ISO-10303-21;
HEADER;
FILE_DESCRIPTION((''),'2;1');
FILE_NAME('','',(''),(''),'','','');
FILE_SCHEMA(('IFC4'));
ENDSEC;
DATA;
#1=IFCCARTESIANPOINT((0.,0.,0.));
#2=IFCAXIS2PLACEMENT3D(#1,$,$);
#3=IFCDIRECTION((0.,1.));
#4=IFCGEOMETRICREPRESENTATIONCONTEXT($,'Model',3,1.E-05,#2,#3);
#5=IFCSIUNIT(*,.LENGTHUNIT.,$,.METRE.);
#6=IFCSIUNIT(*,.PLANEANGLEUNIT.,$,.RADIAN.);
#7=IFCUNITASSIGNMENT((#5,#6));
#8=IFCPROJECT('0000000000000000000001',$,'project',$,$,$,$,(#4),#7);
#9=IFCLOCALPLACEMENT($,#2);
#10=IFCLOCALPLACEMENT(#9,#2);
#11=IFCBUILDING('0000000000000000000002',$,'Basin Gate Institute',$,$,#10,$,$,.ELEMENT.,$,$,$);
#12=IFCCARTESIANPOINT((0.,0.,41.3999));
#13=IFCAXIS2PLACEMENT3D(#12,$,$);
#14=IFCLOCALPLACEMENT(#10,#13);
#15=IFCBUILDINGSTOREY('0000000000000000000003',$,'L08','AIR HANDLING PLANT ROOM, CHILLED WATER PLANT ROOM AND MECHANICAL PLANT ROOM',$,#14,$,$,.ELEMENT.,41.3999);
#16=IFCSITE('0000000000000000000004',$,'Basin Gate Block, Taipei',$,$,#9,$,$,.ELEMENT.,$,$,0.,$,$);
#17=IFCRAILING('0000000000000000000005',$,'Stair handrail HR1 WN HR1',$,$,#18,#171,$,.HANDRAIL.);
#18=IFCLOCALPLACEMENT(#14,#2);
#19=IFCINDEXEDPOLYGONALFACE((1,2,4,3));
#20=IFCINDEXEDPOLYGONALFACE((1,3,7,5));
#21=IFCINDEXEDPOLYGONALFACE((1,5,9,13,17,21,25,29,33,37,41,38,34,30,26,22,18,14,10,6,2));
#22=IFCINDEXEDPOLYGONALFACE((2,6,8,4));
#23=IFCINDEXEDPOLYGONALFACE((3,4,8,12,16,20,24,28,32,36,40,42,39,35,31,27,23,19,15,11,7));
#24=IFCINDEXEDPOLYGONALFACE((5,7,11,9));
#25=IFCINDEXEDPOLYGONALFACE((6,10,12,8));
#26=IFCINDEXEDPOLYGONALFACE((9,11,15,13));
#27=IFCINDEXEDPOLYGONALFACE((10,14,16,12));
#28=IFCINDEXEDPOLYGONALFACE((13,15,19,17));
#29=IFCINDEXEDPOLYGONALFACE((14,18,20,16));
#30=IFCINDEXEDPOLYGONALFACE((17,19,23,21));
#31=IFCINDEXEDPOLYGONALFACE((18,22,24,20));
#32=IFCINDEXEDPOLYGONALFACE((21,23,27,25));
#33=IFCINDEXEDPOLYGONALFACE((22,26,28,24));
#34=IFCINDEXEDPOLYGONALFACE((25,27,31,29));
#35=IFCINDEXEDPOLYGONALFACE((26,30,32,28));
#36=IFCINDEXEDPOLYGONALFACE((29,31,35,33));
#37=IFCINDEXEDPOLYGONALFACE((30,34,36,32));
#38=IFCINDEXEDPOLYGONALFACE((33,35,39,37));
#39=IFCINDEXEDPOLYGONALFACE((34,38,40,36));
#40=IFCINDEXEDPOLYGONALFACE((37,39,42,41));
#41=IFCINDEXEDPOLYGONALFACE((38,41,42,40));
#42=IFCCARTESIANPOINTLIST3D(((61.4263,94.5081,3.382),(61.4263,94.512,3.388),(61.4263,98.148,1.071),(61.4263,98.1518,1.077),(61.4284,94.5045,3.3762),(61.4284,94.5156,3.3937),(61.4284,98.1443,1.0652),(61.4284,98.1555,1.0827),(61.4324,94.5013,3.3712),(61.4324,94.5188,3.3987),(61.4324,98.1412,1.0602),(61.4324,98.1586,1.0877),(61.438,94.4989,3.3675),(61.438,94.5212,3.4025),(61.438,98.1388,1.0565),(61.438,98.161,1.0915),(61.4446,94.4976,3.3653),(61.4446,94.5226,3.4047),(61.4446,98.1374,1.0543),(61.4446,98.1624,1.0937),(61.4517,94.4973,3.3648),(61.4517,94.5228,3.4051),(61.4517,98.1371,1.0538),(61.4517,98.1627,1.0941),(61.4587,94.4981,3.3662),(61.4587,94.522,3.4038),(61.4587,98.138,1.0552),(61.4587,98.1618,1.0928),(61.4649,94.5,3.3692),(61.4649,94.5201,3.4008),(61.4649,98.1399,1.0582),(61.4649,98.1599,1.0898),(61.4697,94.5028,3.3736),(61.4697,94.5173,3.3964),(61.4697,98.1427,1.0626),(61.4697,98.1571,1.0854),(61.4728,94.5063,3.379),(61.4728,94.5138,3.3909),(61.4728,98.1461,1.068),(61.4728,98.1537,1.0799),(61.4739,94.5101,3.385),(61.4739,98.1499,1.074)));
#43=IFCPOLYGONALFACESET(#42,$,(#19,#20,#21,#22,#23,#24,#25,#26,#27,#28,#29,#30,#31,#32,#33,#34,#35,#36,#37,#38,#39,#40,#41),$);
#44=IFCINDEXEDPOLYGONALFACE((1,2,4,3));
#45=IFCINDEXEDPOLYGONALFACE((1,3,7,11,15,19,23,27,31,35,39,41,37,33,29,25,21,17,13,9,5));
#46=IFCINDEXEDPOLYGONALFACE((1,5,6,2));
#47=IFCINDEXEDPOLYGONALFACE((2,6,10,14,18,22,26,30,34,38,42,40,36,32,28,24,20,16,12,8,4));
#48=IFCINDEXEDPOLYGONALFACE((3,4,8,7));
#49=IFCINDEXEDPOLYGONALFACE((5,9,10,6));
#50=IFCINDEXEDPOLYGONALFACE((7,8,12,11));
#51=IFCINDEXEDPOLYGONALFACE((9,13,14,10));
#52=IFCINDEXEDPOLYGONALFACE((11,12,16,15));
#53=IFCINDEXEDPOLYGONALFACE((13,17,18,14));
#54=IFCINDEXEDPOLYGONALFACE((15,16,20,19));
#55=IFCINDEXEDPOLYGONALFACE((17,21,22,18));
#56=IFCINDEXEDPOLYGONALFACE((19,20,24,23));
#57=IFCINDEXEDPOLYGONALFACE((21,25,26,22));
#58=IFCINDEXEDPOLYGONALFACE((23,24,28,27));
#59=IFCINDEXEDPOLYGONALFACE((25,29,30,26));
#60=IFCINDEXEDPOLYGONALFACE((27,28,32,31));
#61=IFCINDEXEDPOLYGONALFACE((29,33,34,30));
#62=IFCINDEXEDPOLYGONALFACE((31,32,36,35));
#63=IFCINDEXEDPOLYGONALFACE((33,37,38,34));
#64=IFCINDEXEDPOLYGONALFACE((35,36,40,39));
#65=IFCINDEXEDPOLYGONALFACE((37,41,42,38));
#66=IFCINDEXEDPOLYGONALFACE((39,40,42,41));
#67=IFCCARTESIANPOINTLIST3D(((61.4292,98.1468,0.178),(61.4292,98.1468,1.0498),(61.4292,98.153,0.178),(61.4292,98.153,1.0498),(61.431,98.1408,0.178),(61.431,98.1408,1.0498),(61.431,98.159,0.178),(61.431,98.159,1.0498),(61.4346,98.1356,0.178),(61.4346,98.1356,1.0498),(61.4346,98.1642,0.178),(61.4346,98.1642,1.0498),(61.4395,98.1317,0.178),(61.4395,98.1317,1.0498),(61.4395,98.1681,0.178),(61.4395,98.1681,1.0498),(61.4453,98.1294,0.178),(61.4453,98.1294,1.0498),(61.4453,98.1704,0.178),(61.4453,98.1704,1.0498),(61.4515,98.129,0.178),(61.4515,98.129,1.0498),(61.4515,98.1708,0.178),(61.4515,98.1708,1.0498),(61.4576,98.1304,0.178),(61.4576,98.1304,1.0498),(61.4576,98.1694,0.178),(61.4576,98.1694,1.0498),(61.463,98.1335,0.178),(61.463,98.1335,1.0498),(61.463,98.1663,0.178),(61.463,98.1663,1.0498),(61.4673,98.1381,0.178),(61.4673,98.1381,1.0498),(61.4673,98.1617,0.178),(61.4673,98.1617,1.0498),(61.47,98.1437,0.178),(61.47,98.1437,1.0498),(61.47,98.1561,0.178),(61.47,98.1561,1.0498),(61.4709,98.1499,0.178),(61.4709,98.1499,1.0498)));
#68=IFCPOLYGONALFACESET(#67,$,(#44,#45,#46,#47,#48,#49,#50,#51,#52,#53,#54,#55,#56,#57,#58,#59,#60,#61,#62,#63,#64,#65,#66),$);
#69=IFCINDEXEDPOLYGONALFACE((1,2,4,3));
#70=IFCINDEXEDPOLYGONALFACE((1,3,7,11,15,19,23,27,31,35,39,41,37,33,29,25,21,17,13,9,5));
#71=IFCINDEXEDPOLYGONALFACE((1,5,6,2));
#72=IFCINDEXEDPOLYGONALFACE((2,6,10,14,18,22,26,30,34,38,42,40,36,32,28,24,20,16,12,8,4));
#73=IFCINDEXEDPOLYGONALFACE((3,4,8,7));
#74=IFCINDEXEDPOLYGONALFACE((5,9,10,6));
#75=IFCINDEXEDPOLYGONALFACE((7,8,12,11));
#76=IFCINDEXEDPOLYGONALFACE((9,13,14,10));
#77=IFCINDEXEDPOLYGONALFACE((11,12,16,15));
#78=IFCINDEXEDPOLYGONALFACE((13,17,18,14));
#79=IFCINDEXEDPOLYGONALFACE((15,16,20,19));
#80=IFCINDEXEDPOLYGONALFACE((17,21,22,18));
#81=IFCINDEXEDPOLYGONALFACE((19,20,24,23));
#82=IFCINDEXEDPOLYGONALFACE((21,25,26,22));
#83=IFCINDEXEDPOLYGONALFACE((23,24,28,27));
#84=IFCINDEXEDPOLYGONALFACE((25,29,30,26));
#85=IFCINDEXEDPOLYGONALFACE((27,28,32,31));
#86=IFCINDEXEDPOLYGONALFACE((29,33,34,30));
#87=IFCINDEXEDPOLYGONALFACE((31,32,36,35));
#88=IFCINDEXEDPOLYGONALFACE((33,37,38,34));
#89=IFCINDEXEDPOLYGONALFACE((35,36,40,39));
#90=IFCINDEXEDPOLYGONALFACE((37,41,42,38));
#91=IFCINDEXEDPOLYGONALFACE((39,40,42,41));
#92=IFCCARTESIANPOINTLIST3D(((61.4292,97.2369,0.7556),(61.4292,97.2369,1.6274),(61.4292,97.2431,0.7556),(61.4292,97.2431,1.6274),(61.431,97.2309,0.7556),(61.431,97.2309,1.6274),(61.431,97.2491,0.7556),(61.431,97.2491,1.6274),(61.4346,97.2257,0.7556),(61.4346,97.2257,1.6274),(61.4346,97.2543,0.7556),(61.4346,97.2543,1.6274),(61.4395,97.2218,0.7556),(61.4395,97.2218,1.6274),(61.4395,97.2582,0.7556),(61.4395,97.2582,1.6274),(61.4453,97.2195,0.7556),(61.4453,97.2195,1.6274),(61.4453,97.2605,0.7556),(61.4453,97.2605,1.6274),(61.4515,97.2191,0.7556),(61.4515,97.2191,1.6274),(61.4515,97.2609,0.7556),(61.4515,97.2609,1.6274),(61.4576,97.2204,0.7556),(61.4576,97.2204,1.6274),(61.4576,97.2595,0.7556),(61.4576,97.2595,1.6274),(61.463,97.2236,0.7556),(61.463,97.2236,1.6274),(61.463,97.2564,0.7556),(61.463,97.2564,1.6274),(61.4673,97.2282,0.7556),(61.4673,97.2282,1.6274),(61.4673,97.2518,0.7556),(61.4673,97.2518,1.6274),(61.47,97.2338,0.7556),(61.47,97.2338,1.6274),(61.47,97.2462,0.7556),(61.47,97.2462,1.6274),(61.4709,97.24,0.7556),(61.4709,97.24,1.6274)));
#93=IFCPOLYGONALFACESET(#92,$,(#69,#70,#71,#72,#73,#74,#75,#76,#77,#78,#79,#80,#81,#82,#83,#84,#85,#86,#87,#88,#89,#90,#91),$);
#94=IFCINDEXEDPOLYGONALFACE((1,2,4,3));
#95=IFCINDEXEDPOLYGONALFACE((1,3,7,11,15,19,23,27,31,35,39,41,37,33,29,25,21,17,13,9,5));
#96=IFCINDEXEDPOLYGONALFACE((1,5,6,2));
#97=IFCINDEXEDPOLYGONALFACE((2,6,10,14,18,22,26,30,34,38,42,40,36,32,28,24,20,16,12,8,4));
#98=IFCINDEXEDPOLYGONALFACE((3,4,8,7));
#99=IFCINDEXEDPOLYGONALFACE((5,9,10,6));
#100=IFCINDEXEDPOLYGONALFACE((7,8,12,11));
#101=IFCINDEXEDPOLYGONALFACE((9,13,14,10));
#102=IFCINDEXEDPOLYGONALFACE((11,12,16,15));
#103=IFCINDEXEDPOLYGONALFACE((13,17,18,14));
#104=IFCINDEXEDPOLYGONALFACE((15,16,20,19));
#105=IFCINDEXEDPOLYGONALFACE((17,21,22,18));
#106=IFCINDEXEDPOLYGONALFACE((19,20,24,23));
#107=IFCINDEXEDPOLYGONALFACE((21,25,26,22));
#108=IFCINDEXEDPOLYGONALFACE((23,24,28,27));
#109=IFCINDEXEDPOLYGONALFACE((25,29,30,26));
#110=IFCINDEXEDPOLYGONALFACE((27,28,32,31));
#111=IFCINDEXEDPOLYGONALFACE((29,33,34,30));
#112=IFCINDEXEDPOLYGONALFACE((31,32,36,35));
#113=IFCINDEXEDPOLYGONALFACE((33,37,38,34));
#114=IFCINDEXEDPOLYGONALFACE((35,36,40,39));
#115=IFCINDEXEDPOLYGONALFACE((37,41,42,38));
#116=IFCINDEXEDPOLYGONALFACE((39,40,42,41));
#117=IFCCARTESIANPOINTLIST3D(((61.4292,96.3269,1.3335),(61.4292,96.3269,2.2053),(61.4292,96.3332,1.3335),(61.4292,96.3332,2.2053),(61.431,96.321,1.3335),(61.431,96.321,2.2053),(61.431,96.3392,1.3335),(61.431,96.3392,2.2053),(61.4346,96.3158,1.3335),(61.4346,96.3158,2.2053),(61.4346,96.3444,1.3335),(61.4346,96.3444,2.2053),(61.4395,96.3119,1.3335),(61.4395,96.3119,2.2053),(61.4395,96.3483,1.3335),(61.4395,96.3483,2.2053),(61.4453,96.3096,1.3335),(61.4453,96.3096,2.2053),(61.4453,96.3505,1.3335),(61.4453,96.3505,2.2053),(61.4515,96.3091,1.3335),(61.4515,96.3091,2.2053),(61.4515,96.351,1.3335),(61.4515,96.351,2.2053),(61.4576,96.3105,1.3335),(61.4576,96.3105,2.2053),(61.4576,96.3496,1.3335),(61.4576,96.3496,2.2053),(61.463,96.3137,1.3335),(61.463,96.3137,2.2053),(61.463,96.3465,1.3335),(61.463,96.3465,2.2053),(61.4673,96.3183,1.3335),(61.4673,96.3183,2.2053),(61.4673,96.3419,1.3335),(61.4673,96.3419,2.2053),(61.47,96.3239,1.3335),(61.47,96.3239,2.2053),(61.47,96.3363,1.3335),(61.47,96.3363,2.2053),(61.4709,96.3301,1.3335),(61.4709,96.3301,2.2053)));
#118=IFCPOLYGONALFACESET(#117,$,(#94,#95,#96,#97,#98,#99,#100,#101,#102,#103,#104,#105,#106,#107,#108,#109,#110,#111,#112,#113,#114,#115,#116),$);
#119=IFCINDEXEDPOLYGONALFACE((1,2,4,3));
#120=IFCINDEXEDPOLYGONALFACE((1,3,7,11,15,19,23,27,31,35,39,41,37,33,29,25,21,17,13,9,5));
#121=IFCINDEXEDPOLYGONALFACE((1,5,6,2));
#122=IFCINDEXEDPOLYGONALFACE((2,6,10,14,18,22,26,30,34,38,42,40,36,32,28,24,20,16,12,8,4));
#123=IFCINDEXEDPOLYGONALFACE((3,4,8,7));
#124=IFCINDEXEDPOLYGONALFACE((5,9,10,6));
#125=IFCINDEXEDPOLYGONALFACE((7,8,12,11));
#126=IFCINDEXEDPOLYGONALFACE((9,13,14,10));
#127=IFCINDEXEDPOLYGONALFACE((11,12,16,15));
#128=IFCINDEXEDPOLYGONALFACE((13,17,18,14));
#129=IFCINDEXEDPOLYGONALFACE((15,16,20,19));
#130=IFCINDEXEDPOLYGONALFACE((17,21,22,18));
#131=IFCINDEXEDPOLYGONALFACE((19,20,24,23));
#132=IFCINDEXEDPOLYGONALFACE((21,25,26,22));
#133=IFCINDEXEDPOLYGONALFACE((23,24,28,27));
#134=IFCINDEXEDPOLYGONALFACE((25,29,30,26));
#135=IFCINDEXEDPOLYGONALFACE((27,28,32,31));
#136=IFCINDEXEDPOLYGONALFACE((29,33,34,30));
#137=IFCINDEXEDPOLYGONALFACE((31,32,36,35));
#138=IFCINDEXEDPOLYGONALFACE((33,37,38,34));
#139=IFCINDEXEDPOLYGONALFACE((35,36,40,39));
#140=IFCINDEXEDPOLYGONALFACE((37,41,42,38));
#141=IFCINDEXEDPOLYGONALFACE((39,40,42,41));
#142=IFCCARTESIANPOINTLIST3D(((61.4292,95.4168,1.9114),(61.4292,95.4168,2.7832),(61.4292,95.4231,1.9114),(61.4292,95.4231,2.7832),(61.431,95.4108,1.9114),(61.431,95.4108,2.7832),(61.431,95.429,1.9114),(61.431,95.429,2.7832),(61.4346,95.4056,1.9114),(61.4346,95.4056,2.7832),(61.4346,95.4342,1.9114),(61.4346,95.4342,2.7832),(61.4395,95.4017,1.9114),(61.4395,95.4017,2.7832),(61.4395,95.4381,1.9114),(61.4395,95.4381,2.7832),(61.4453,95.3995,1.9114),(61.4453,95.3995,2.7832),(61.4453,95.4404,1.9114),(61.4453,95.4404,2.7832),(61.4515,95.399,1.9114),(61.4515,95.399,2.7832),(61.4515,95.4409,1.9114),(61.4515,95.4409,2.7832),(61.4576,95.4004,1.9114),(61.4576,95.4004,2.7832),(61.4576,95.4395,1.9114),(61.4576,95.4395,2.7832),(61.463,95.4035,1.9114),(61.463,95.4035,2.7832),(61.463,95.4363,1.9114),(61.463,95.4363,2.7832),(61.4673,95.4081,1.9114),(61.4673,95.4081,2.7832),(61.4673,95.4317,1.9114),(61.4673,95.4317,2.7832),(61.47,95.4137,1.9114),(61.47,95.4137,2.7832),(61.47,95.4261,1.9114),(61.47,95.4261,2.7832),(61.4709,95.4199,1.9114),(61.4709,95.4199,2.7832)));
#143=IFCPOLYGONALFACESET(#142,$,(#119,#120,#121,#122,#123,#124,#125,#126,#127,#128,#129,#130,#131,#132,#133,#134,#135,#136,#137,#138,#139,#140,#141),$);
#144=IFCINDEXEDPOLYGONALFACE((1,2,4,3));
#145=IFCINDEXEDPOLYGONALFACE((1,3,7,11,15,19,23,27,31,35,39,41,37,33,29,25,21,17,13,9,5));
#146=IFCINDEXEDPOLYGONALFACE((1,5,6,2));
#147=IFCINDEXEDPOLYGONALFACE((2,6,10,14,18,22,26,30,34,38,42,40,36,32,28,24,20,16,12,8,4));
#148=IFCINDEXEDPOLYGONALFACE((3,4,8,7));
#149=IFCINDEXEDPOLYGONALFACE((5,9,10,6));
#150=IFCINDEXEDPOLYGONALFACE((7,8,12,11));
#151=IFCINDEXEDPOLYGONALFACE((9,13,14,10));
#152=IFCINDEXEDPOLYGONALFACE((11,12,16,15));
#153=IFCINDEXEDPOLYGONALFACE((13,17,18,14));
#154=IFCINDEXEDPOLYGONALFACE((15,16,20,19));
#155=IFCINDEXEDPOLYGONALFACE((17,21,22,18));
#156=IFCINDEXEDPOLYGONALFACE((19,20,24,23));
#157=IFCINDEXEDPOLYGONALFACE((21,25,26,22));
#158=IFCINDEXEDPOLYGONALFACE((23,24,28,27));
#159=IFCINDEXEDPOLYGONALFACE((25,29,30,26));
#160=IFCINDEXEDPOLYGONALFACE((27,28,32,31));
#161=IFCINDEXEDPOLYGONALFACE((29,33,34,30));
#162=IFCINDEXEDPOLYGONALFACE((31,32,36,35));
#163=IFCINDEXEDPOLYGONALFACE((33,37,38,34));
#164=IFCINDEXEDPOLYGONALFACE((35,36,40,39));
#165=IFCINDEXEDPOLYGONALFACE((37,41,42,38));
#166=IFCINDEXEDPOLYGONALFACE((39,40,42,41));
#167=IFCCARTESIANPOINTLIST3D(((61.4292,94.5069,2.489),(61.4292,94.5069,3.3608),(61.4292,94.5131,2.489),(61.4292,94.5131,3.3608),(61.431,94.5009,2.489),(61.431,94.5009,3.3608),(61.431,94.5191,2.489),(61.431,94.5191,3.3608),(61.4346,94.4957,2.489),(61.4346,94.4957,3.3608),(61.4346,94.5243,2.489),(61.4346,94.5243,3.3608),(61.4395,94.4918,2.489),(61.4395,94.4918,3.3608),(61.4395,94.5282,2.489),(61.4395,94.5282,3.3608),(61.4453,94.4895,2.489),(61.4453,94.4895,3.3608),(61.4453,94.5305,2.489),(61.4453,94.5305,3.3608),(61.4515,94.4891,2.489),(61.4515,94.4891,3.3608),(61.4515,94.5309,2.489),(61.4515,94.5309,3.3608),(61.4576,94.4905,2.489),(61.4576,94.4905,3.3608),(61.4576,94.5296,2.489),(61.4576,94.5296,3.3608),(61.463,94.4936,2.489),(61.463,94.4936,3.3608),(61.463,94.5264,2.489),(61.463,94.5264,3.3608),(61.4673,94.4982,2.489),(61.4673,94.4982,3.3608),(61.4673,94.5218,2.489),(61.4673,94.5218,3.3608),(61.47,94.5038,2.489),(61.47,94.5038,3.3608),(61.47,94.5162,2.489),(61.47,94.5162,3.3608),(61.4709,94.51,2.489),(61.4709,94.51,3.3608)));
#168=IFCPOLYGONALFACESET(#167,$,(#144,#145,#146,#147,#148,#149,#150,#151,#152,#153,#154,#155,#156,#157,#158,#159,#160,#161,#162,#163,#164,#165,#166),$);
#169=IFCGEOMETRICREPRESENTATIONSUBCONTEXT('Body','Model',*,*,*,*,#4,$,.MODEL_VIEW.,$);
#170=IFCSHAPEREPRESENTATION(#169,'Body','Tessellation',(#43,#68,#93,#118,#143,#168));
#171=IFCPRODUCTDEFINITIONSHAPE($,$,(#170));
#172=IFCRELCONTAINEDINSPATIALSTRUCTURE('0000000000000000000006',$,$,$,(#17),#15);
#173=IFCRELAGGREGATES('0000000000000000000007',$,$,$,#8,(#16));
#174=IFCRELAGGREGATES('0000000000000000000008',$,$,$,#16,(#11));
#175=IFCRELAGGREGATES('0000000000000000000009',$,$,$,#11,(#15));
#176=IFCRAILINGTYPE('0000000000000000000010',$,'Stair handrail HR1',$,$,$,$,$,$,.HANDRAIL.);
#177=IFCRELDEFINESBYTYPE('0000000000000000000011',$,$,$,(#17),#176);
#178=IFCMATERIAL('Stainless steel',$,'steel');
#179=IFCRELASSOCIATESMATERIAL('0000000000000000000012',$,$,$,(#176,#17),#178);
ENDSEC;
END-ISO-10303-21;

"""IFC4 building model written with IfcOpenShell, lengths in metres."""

from ifc_helpers import new_model, si_unit, direction, frame, origin, origin_2d, place, context, subcontext, project, spatial, circle, extrude, material, type_object, element, save


model = new_model("IFC4")

# Units and contexts
model_context = context("Model", 3, precision=1e-05, world=origin(), true_north=direction((0.0, 1.0)))
body_context = subcontext(model_context, "Body", "Model", "MODEL_VIEW")
ifc_project = project(units=[si_unit("LENGTHUNIT", "METRE"), si_unit("PLANEANGLEUNIT", "RADIAN")], contexts=[model_context])

# Site, building, storey
site_placement = place(None, origin())
site = spatial("IfcSite", under=ifc_project, at=site_placement, Name="Basin Gate Block, Taipei", CompositionType="ELEMENT", RefElevation=0.0)
building_placement = place(site_placement, origin())
building = spatial("IfcBuilding", under=site, at=building_placement, Name="Basin Gate Institute", CompositionType="ELEMENT")
storey_placement = place(building_placement, frame((0.0, 0.0, 41.3999)))
storey = spatial("IfcBuildingStorey", under=building, at=storey_placement, Name="L08", Description="AIR HANDLING PLANT ROOM, CHILLED WATER PLANT ROOM AND MECHANICAL PLANT ROOM", CompositionType="ELEMENT", Elevation=41.3999)

# Railing
ifc_material_1 = material(Name="Stainless steel", Category="steel")
railing_type_1 = type_object("IfcRailingType", Name="Stair handrail HR1", PredefinedType="HANDRAIL", material=ifc_material_1)
for number, where, name in (
    (1, (61.45, 98.1499, 0.178), "Stair handrail HR1 WN HR1"),
):
    element("IfcRailing", number, at=place(storey_placement, frame(where)), inside=storey, type_object=railing_type_1, material=ifc_material_1, Name=name, PredefinedType="HANDRAIL", context=body_context, shape_type="SweptSolid", body=[
        extrude(circle(Radius=0.0239, at=origin_2d()), frame((0.0, 0.0, 0.896), z_axis=(0.0, -0.844214, 0.536007), x_axis=(1.0, 0.0, 0.0)), (0.0, 0.0, 1.0), 4.3115),
        extrude(circle(Radius=0.021, at=origin_2d()), origin(), (0.0, 0.0, 1.0), 0.8718),
        extrude(circle(Radius=0.021, at=origin_2d()), frame((0.0, -0.9099, 0.5776)), (0.0, 0.0, 1.0), 0.8718),
        extrude(circle(Radius=0.021, at=origin_2d()), frame((0.0, -1.8198, 1.1555)), (0.0, 0.0, 1.0), 0.8718),
        extrude(circle(Radius=0.021, at=origin_2d()), frame((0.0, -2.73, 1.7334)), (0.0, 0.0, 1.0), 0.8718),
        extrude(circle(Radius=0.021, at=origin_2d()), frame((0.0, -3.6399, 2.311)), (0.0, 0.0, 1.0), 0.8718),
    ])

save(model, "model.ifc")
